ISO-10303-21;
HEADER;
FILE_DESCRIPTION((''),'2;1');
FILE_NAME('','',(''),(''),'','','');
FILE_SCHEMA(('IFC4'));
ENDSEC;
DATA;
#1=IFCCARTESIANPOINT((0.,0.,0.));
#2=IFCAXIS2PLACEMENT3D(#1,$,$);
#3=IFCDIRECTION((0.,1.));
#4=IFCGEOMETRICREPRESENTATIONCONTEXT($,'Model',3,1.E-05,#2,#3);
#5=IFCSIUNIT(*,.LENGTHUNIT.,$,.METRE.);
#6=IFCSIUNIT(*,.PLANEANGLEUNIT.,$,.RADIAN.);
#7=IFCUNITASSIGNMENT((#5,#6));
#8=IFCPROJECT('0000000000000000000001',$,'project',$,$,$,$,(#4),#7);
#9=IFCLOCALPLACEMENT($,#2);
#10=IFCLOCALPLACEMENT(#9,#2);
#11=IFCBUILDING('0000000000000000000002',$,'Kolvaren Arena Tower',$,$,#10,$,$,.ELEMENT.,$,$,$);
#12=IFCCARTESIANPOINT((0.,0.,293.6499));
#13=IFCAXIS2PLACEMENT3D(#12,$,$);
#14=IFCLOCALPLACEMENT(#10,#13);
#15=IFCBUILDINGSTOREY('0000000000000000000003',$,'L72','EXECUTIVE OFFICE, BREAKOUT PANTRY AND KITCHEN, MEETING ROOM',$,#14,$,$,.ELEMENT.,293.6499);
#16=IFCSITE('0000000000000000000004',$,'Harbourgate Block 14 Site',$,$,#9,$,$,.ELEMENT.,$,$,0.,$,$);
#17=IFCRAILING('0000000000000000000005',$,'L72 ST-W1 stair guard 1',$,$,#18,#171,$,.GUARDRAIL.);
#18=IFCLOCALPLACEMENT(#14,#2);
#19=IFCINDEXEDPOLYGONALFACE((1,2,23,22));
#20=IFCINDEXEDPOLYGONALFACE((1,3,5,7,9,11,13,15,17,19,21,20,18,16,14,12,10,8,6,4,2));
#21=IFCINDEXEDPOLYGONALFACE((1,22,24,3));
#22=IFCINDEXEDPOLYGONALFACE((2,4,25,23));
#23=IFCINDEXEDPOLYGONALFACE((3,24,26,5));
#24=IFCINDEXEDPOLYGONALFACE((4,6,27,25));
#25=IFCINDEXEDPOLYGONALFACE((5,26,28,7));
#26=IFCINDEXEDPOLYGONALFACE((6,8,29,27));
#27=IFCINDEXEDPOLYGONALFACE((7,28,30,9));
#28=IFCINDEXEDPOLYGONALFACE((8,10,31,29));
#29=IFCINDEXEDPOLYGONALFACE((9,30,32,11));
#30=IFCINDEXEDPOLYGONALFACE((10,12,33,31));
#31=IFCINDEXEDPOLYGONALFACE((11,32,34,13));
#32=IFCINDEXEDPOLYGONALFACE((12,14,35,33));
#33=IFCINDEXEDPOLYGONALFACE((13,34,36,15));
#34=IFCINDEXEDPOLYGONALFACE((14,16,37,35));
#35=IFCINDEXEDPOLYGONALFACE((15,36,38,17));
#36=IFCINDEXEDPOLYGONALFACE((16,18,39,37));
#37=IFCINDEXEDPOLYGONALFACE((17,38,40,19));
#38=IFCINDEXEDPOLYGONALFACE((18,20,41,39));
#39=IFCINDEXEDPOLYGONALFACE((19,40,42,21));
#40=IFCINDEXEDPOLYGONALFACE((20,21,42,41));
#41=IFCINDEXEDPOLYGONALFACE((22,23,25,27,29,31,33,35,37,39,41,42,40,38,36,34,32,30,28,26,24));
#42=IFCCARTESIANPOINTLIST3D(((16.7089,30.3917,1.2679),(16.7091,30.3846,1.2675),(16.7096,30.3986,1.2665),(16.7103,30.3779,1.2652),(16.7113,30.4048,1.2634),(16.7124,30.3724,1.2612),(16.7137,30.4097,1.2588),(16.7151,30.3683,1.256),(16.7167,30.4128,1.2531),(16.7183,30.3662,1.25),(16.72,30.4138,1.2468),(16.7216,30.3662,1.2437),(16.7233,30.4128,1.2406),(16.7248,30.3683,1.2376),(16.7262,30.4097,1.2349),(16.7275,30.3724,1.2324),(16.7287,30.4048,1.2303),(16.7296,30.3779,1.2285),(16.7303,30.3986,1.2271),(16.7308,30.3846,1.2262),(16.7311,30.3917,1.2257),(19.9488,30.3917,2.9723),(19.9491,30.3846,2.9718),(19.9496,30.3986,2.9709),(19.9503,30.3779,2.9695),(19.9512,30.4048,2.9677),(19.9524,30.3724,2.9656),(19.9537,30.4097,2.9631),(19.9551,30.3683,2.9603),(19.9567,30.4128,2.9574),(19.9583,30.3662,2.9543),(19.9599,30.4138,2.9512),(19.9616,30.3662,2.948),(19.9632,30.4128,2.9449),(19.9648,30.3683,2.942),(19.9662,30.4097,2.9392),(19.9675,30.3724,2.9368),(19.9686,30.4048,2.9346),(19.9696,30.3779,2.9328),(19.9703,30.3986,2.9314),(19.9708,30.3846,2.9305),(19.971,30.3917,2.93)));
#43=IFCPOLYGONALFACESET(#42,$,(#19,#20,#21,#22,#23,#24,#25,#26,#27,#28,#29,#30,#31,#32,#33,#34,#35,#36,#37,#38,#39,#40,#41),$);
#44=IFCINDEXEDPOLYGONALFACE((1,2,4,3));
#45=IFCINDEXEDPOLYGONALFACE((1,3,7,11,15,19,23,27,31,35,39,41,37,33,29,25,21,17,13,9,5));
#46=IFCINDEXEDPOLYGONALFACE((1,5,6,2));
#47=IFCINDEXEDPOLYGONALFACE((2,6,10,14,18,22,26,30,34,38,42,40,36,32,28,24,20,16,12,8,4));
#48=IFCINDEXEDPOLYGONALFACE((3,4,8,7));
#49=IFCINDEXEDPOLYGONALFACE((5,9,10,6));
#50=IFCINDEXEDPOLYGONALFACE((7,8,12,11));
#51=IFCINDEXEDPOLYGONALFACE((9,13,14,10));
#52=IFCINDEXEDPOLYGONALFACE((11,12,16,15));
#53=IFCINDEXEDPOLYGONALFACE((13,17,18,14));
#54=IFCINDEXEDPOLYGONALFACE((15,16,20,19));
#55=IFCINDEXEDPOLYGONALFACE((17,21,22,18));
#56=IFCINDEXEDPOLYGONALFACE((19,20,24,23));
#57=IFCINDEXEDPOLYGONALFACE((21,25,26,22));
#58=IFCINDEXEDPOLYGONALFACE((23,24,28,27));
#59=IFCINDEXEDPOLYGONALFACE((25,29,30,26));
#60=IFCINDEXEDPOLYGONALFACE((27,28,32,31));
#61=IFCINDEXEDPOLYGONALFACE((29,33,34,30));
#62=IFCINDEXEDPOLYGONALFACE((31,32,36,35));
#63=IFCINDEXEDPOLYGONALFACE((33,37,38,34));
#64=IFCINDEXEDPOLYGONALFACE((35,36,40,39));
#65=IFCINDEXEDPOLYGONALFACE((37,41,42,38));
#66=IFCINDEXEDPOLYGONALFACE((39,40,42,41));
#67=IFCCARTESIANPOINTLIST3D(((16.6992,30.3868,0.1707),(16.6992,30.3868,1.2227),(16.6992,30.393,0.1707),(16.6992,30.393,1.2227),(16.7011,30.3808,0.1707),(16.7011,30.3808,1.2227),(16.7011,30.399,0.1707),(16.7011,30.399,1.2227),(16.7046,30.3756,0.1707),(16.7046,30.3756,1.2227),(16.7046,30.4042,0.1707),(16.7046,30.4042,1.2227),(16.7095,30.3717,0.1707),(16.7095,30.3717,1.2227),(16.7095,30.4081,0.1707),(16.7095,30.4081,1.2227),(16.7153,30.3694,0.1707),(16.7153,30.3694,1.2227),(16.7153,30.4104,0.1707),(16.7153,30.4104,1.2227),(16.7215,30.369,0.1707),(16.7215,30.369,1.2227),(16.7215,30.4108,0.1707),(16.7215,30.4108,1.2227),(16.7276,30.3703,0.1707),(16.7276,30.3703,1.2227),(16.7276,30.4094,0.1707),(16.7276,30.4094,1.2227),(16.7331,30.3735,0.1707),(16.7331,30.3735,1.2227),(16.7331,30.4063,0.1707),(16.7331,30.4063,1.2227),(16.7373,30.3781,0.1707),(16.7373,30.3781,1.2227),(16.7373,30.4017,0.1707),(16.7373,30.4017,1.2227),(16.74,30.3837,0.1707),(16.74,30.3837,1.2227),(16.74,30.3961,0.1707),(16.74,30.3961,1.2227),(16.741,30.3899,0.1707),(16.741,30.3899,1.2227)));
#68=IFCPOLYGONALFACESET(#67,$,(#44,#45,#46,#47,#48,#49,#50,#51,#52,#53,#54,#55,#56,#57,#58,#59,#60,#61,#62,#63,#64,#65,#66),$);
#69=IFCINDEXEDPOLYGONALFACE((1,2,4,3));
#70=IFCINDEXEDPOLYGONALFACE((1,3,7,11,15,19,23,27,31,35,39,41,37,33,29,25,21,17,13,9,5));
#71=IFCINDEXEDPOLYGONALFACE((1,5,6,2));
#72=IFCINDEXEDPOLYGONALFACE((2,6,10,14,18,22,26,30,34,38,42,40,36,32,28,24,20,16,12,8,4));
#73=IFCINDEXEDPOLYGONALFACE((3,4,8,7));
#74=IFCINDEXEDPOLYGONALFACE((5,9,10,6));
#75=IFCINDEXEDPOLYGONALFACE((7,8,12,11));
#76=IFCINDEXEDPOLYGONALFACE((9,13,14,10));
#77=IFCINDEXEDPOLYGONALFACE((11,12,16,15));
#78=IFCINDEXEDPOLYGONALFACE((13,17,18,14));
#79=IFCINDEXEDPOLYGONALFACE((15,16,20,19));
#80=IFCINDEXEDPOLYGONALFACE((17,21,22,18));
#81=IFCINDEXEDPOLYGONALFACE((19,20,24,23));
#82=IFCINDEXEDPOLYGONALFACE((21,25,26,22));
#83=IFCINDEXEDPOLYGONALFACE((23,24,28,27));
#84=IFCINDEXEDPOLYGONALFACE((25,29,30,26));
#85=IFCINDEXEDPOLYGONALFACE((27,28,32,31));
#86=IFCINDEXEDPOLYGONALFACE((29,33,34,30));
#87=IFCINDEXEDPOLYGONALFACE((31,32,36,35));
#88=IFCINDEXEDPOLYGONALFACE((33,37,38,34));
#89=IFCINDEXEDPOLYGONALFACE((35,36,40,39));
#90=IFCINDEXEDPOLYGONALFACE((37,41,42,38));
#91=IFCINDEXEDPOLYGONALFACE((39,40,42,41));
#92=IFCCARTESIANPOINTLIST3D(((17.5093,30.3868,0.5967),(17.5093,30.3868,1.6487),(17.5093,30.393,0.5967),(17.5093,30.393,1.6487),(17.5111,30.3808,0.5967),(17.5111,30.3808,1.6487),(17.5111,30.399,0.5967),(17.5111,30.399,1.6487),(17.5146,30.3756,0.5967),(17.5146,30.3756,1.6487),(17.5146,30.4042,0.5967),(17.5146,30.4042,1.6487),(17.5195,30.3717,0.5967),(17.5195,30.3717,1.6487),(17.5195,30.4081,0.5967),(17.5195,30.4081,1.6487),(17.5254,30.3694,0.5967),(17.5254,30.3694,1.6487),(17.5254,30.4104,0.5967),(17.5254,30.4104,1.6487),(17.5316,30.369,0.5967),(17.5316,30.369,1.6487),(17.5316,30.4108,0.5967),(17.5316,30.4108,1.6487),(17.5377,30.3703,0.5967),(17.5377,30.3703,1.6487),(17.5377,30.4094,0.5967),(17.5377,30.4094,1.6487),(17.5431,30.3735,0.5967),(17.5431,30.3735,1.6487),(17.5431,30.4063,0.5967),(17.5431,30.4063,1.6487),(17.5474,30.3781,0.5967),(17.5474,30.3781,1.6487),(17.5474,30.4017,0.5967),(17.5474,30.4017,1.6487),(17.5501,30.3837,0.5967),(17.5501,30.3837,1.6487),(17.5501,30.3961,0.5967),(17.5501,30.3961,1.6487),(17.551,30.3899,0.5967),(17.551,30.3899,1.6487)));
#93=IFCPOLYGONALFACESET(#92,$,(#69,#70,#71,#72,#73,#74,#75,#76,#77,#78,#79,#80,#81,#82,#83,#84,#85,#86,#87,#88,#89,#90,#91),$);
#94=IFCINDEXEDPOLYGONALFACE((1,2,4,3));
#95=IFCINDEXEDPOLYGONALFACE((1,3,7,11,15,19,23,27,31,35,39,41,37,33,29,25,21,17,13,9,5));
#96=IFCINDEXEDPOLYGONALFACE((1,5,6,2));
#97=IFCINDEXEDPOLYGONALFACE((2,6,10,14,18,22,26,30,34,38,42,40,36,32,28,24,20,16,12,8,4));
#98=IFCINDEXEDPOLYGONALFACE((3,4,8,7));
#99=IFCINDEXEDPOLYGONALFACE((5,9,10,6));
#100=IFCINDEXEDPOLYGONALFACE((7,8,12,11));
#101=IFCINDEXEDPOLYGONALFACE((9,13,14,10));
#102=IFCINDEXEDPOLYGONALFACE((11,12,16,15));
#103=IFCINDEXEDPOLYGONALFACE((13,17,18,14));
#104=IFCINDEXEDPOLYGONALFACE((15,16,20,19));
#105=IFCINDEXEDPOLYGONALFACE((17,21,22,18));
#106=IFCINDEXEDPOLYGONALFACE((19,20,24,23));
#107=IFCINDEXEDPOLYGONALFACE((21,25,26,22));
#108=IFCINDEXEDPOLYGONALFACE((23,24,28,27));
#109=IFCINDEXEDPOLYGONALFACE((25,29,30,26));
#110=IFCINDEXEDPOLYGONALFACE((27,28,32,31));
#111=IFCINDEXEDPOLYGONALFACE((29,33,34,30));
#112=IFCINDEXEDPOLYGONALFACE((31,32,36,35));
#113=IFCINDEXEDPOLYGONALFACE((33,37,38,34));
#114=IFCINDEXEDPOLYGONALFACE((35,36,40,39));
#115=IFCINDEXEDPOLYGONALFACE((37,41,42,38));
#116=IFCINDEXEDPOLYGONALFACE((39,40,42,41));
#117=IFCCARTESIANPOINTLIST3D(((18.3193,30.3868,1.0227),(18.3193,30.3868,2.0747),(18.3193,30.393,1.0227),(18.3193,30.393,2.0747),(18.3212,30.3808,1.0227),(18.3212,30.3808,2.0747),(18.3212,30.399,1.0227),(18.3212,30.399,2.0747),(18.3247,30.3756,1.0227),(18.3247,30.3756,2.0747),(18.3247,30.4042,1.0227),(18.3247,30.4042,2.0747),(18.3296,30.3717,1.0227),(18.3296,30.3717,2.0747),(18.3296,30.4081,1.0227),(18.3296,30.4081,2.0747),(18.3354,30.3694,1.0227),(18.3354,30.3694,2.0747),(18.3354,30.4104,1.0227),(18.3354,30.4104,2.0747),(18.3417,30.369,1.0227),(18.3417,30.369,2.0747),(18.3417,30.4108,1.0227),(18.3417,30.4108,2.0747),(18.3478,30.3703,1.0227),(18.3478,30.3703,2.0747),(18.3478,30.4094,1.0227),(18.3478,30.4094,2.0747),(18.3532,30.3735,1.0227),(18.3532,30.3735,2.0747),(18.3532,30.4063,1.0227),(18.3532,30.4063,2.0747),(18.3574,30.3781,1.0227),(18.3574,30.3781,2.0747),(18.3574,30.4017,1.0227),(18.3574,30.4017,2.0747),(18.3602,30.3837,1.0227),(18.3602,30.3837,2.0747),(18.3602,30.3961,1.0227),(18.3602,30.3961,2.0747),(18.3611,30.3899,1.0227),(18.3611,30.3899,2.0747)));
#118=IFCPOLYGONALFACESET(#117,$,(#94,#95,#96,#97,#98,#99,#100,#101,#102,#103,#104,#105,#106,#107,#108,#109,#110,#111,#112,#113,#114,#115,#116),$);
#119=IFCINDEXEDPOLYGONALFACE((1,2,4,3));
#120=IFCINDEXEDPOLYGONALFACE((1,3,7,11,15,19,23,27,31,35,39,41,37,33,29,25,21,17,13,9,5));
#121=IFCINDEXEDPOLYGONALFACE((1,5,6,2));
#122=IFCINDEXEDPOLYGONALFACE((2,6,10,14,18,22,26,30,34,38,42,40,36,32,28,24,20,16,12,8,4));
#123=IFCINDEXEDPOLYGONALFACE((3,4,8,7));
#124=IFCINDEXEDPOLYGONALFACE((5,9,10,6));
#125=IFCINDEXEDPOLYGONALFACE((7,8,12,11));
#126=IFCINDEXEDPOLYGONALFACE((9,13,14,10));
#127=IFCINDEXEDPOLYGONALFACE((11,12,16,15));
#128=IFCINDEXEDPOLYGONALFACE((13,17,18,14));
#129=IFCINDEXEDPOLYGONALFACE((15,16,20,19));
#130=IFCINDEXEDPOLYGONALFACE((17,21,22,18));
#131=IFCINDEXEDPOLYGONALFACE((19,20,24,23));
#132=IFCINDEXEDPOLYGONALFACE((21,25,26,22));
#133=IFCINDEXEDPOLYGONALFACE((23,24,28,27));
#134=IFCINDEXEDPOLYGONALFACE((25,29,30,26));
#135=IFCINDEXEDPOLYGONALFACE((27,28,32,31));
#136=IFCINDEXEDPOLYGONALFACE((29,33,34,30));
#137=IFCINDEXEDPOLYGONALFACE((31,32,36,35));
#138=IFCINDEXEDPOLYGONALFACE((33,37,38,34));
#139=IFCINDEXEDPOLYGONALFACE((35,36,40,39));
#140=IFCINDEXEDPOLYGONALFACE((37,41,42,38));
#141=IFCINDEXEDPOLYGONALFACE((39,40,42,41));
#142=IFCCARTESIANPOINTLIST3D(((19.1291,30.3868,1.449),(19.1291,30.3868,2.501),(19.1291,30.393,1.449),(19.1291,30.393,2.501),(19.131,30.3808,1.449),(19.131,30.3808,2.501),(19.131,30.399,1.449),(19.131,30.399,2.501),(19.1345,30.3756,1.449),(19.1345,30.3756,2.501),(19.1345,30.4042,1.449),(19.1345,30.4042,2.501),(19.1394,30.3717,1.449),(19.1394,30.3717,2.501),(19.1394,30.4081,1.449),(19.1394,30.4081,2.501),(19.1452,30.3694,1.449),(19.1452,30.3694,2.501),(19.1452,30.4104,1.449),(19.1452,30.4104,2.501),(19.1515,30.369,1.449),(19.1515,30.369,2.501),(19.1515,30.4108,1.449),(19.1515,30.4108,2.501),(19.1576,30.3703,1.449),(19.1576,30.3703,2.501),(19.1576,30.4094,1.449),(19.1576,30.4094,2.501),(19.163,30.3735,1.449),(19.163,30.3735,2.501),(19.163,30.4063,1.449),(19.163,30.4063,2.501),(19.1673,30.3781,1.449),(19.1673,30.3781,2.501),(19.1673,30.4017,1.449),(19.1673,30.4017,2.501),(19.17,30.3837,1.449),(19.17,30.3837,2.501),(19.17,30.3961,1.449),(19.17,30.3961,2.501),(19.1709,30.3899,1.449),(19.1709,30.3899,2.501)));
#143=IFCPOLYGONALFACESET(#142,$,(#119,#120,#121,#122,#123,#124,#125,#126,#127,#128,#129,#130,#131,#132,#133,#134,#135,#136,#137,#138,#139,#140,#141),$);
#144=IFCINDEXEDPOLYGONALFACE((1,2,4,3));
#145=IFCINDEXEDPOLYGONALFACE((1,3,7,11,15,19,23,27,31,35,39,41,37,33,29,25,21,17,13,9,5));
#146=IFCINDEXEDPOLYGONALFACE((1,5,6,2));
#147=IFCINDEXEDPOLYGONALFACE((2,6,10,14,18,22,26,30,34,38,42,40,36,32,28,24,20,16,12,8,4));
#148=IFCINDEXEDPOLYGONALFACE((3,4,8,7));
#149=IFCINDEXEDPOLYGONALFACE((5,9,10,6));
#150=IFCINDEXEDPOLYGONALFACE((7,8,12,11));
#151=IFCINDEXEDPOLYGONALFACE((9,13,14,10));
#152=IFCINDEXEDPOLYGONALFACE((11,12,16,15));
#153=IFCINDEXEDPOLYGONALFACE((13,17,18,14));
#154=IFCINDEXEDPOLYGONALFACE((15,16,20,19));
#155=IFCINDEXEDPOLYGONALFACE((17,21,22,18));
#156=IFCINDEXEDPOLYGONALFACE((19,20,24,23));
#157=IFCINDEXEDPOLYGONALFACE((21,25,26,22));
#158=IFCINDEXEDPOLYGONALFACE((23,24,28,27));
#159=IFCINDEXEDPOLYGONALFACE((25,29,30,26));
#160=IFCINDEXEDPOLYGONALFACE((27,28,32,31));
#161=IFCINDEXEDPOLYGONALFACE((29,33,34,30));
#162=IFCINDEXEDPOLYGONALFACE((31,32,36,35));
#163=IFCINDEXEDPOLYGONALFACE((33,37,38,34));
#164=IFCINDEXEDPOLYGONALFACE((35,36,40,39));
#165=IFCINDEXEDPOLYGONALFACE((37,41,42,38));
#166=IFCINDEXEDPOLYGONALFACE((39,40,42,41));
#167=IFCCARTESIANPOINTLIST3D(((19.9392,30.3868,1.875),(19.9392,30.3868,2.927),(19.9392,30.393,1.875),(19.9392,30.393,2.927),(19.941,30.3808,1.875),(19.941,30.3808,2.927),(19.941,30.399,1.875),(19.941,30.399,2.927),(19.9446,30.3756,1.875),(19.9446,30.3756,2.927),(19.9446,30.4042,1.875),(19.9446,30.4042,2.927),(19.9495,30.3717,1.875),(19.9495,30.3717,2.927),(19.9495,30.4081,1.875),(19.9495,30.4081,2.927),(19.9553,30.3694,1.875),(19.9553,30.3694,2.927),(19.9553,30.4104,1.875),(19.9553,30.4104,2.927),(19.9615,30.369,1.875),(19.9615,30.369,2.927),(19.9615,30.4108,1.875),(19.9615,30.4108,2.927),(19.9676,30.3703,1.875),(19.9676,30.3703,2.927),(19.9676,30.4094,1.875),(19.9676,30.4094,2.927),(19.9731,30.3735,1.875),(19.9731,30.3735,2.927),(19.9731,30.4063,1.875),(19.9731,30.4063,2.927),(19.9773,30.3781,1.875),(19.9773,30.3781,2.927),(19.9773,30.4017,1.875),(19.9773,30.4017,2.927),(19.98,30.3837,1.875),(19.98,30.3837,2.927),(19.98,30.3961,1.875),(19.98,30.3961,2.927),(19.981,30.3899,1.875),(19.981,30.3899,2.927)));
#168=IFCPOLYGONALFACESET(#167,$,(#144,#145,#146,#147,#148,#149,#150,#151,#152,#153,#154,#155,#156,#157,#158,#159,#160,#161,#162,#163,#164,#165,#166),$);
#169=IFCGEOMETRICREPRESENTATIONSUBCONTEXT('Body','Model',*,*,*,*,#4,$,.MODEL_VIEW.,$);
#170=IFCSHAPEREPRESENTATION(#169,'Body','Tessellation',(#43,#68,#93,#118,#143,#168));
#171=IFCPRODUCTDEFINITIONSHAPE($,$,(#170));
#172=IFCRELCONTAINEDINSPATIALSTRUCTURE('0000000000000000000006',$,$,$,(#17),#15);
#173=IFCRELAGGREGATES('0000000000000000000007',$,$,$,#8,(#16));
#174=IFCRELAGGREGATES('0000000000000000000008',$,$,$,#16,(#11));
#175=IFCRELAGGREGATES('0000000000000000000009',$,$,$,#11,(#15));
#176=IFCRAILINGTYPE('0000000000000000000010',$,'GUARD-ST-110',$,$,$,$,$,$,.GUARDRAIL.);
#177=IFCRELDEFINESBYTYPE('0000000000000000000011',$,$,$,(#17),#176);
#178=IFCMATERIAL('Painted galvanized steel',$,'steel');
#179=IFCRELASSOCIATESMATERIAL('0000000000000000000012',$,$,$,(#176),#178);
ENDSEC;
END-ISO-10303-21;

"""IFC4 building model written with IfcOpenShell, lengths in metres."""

from ifc_helpers import new_model, si_unit, direction, frame, origin, origin_2d, place, context, subcontext, project, spatial, circle, extrude, material, type_object, element, save


model = new_model("IFC4")

# Units and contexts
model_context = context("Model", 3, precision=1e-05, world=origin(), true_north=direction((0.0, 1.0)))
body_context = subcontext(model_context, "Body", "Model", "MODEL_VIEW")
ifc_project = project(units=[si_unit("LENGTHUNIT", "METRE"), si_unit("PLANEANGLEUNIT", "RADIAN")], contexts=[model_context])

# Site, building, storey
site_placement = place(None, origin())
site = spatial("IfcSite", under=ifc_project, at=site_placement, Name="Harbourgate Block 14 Site", CompositionType="ELEMENT", RefElevation=0.0)
building_placement = place(site_placement, origin())
building = spatial("IfcBuilding", under=site, at=building_placement, Name="Kolvaren Arena Tower", CompositionType="ELEMENT")
storey_placement = place(building_placement, frame((0.0, 0.0, 293.6499)))
storey = spatial("IfcBuildingStorey", under=building, at=storey_placement, Name="L72", Description="EXECUTIVE OFFICE, BREAKOUT PANTRY AND KITCHEN, MEETING ROOM", CompositionType="ELEMENT", Elevation=293.6499)

# Railing
ifc_material_1 = material(Name="Painted galvanized steel", Category="steel")
railing_type_1 = type_object("IfcRailingType", Name="GUARD-ST-110", PredefinedType="GUARDRAIL", material=ifc_material_1)
railing_1_placement = place(storey_placement, frame((16.72, 30.3899, 0.1707)))
element("IfcRailing", 1, at=railing_1_placement, inside=storey, type_object=railing_type_1, Name="L72 ST-W1 stair guard 1", PredefinedType="GUARDRAIL", context=body_context, shape_type="SweptSolid", body=[
    extrude(circle(Radius=0.0239, at=origin_2d()), frame((0.0, 0.0, 1.0762), z_axis=(0.885021, 0.0, 0.465551), x_axis=(0.0, 1.0, 0.0)), (0.0, 0.0, 1.0), 3.6609),
    extrude(circle(Radius=0.021, at=origin_2d()), origin(), (0.0, 0.0, 1.0), 1.052),
    extrude(circle(Radius=0.021, at=origin_2d()), frame((0.8101, 0.0, 0.426)), (0.0, 0.0, 1.0), 1.052),
    extrude(circle(Radius=0.021, at=origin_2d()), frame((1.6201, 0.0, 0.8521)), (0.0, 0.0, 1.0), 1.052),
    extrude(circle(Radius=0.021, at=origin_2d()), frame((2.4299, 0.0, 1.2783)), (0.0, 0.0, 1.0), 1.052),
    extrude(circle(Radius=0.021, at=origin_2d()), frame((3.24, 0.0, 1.7043)), (0.0, 0.0, 1.0), 1.052),
])

save(model, "model.ifc")
